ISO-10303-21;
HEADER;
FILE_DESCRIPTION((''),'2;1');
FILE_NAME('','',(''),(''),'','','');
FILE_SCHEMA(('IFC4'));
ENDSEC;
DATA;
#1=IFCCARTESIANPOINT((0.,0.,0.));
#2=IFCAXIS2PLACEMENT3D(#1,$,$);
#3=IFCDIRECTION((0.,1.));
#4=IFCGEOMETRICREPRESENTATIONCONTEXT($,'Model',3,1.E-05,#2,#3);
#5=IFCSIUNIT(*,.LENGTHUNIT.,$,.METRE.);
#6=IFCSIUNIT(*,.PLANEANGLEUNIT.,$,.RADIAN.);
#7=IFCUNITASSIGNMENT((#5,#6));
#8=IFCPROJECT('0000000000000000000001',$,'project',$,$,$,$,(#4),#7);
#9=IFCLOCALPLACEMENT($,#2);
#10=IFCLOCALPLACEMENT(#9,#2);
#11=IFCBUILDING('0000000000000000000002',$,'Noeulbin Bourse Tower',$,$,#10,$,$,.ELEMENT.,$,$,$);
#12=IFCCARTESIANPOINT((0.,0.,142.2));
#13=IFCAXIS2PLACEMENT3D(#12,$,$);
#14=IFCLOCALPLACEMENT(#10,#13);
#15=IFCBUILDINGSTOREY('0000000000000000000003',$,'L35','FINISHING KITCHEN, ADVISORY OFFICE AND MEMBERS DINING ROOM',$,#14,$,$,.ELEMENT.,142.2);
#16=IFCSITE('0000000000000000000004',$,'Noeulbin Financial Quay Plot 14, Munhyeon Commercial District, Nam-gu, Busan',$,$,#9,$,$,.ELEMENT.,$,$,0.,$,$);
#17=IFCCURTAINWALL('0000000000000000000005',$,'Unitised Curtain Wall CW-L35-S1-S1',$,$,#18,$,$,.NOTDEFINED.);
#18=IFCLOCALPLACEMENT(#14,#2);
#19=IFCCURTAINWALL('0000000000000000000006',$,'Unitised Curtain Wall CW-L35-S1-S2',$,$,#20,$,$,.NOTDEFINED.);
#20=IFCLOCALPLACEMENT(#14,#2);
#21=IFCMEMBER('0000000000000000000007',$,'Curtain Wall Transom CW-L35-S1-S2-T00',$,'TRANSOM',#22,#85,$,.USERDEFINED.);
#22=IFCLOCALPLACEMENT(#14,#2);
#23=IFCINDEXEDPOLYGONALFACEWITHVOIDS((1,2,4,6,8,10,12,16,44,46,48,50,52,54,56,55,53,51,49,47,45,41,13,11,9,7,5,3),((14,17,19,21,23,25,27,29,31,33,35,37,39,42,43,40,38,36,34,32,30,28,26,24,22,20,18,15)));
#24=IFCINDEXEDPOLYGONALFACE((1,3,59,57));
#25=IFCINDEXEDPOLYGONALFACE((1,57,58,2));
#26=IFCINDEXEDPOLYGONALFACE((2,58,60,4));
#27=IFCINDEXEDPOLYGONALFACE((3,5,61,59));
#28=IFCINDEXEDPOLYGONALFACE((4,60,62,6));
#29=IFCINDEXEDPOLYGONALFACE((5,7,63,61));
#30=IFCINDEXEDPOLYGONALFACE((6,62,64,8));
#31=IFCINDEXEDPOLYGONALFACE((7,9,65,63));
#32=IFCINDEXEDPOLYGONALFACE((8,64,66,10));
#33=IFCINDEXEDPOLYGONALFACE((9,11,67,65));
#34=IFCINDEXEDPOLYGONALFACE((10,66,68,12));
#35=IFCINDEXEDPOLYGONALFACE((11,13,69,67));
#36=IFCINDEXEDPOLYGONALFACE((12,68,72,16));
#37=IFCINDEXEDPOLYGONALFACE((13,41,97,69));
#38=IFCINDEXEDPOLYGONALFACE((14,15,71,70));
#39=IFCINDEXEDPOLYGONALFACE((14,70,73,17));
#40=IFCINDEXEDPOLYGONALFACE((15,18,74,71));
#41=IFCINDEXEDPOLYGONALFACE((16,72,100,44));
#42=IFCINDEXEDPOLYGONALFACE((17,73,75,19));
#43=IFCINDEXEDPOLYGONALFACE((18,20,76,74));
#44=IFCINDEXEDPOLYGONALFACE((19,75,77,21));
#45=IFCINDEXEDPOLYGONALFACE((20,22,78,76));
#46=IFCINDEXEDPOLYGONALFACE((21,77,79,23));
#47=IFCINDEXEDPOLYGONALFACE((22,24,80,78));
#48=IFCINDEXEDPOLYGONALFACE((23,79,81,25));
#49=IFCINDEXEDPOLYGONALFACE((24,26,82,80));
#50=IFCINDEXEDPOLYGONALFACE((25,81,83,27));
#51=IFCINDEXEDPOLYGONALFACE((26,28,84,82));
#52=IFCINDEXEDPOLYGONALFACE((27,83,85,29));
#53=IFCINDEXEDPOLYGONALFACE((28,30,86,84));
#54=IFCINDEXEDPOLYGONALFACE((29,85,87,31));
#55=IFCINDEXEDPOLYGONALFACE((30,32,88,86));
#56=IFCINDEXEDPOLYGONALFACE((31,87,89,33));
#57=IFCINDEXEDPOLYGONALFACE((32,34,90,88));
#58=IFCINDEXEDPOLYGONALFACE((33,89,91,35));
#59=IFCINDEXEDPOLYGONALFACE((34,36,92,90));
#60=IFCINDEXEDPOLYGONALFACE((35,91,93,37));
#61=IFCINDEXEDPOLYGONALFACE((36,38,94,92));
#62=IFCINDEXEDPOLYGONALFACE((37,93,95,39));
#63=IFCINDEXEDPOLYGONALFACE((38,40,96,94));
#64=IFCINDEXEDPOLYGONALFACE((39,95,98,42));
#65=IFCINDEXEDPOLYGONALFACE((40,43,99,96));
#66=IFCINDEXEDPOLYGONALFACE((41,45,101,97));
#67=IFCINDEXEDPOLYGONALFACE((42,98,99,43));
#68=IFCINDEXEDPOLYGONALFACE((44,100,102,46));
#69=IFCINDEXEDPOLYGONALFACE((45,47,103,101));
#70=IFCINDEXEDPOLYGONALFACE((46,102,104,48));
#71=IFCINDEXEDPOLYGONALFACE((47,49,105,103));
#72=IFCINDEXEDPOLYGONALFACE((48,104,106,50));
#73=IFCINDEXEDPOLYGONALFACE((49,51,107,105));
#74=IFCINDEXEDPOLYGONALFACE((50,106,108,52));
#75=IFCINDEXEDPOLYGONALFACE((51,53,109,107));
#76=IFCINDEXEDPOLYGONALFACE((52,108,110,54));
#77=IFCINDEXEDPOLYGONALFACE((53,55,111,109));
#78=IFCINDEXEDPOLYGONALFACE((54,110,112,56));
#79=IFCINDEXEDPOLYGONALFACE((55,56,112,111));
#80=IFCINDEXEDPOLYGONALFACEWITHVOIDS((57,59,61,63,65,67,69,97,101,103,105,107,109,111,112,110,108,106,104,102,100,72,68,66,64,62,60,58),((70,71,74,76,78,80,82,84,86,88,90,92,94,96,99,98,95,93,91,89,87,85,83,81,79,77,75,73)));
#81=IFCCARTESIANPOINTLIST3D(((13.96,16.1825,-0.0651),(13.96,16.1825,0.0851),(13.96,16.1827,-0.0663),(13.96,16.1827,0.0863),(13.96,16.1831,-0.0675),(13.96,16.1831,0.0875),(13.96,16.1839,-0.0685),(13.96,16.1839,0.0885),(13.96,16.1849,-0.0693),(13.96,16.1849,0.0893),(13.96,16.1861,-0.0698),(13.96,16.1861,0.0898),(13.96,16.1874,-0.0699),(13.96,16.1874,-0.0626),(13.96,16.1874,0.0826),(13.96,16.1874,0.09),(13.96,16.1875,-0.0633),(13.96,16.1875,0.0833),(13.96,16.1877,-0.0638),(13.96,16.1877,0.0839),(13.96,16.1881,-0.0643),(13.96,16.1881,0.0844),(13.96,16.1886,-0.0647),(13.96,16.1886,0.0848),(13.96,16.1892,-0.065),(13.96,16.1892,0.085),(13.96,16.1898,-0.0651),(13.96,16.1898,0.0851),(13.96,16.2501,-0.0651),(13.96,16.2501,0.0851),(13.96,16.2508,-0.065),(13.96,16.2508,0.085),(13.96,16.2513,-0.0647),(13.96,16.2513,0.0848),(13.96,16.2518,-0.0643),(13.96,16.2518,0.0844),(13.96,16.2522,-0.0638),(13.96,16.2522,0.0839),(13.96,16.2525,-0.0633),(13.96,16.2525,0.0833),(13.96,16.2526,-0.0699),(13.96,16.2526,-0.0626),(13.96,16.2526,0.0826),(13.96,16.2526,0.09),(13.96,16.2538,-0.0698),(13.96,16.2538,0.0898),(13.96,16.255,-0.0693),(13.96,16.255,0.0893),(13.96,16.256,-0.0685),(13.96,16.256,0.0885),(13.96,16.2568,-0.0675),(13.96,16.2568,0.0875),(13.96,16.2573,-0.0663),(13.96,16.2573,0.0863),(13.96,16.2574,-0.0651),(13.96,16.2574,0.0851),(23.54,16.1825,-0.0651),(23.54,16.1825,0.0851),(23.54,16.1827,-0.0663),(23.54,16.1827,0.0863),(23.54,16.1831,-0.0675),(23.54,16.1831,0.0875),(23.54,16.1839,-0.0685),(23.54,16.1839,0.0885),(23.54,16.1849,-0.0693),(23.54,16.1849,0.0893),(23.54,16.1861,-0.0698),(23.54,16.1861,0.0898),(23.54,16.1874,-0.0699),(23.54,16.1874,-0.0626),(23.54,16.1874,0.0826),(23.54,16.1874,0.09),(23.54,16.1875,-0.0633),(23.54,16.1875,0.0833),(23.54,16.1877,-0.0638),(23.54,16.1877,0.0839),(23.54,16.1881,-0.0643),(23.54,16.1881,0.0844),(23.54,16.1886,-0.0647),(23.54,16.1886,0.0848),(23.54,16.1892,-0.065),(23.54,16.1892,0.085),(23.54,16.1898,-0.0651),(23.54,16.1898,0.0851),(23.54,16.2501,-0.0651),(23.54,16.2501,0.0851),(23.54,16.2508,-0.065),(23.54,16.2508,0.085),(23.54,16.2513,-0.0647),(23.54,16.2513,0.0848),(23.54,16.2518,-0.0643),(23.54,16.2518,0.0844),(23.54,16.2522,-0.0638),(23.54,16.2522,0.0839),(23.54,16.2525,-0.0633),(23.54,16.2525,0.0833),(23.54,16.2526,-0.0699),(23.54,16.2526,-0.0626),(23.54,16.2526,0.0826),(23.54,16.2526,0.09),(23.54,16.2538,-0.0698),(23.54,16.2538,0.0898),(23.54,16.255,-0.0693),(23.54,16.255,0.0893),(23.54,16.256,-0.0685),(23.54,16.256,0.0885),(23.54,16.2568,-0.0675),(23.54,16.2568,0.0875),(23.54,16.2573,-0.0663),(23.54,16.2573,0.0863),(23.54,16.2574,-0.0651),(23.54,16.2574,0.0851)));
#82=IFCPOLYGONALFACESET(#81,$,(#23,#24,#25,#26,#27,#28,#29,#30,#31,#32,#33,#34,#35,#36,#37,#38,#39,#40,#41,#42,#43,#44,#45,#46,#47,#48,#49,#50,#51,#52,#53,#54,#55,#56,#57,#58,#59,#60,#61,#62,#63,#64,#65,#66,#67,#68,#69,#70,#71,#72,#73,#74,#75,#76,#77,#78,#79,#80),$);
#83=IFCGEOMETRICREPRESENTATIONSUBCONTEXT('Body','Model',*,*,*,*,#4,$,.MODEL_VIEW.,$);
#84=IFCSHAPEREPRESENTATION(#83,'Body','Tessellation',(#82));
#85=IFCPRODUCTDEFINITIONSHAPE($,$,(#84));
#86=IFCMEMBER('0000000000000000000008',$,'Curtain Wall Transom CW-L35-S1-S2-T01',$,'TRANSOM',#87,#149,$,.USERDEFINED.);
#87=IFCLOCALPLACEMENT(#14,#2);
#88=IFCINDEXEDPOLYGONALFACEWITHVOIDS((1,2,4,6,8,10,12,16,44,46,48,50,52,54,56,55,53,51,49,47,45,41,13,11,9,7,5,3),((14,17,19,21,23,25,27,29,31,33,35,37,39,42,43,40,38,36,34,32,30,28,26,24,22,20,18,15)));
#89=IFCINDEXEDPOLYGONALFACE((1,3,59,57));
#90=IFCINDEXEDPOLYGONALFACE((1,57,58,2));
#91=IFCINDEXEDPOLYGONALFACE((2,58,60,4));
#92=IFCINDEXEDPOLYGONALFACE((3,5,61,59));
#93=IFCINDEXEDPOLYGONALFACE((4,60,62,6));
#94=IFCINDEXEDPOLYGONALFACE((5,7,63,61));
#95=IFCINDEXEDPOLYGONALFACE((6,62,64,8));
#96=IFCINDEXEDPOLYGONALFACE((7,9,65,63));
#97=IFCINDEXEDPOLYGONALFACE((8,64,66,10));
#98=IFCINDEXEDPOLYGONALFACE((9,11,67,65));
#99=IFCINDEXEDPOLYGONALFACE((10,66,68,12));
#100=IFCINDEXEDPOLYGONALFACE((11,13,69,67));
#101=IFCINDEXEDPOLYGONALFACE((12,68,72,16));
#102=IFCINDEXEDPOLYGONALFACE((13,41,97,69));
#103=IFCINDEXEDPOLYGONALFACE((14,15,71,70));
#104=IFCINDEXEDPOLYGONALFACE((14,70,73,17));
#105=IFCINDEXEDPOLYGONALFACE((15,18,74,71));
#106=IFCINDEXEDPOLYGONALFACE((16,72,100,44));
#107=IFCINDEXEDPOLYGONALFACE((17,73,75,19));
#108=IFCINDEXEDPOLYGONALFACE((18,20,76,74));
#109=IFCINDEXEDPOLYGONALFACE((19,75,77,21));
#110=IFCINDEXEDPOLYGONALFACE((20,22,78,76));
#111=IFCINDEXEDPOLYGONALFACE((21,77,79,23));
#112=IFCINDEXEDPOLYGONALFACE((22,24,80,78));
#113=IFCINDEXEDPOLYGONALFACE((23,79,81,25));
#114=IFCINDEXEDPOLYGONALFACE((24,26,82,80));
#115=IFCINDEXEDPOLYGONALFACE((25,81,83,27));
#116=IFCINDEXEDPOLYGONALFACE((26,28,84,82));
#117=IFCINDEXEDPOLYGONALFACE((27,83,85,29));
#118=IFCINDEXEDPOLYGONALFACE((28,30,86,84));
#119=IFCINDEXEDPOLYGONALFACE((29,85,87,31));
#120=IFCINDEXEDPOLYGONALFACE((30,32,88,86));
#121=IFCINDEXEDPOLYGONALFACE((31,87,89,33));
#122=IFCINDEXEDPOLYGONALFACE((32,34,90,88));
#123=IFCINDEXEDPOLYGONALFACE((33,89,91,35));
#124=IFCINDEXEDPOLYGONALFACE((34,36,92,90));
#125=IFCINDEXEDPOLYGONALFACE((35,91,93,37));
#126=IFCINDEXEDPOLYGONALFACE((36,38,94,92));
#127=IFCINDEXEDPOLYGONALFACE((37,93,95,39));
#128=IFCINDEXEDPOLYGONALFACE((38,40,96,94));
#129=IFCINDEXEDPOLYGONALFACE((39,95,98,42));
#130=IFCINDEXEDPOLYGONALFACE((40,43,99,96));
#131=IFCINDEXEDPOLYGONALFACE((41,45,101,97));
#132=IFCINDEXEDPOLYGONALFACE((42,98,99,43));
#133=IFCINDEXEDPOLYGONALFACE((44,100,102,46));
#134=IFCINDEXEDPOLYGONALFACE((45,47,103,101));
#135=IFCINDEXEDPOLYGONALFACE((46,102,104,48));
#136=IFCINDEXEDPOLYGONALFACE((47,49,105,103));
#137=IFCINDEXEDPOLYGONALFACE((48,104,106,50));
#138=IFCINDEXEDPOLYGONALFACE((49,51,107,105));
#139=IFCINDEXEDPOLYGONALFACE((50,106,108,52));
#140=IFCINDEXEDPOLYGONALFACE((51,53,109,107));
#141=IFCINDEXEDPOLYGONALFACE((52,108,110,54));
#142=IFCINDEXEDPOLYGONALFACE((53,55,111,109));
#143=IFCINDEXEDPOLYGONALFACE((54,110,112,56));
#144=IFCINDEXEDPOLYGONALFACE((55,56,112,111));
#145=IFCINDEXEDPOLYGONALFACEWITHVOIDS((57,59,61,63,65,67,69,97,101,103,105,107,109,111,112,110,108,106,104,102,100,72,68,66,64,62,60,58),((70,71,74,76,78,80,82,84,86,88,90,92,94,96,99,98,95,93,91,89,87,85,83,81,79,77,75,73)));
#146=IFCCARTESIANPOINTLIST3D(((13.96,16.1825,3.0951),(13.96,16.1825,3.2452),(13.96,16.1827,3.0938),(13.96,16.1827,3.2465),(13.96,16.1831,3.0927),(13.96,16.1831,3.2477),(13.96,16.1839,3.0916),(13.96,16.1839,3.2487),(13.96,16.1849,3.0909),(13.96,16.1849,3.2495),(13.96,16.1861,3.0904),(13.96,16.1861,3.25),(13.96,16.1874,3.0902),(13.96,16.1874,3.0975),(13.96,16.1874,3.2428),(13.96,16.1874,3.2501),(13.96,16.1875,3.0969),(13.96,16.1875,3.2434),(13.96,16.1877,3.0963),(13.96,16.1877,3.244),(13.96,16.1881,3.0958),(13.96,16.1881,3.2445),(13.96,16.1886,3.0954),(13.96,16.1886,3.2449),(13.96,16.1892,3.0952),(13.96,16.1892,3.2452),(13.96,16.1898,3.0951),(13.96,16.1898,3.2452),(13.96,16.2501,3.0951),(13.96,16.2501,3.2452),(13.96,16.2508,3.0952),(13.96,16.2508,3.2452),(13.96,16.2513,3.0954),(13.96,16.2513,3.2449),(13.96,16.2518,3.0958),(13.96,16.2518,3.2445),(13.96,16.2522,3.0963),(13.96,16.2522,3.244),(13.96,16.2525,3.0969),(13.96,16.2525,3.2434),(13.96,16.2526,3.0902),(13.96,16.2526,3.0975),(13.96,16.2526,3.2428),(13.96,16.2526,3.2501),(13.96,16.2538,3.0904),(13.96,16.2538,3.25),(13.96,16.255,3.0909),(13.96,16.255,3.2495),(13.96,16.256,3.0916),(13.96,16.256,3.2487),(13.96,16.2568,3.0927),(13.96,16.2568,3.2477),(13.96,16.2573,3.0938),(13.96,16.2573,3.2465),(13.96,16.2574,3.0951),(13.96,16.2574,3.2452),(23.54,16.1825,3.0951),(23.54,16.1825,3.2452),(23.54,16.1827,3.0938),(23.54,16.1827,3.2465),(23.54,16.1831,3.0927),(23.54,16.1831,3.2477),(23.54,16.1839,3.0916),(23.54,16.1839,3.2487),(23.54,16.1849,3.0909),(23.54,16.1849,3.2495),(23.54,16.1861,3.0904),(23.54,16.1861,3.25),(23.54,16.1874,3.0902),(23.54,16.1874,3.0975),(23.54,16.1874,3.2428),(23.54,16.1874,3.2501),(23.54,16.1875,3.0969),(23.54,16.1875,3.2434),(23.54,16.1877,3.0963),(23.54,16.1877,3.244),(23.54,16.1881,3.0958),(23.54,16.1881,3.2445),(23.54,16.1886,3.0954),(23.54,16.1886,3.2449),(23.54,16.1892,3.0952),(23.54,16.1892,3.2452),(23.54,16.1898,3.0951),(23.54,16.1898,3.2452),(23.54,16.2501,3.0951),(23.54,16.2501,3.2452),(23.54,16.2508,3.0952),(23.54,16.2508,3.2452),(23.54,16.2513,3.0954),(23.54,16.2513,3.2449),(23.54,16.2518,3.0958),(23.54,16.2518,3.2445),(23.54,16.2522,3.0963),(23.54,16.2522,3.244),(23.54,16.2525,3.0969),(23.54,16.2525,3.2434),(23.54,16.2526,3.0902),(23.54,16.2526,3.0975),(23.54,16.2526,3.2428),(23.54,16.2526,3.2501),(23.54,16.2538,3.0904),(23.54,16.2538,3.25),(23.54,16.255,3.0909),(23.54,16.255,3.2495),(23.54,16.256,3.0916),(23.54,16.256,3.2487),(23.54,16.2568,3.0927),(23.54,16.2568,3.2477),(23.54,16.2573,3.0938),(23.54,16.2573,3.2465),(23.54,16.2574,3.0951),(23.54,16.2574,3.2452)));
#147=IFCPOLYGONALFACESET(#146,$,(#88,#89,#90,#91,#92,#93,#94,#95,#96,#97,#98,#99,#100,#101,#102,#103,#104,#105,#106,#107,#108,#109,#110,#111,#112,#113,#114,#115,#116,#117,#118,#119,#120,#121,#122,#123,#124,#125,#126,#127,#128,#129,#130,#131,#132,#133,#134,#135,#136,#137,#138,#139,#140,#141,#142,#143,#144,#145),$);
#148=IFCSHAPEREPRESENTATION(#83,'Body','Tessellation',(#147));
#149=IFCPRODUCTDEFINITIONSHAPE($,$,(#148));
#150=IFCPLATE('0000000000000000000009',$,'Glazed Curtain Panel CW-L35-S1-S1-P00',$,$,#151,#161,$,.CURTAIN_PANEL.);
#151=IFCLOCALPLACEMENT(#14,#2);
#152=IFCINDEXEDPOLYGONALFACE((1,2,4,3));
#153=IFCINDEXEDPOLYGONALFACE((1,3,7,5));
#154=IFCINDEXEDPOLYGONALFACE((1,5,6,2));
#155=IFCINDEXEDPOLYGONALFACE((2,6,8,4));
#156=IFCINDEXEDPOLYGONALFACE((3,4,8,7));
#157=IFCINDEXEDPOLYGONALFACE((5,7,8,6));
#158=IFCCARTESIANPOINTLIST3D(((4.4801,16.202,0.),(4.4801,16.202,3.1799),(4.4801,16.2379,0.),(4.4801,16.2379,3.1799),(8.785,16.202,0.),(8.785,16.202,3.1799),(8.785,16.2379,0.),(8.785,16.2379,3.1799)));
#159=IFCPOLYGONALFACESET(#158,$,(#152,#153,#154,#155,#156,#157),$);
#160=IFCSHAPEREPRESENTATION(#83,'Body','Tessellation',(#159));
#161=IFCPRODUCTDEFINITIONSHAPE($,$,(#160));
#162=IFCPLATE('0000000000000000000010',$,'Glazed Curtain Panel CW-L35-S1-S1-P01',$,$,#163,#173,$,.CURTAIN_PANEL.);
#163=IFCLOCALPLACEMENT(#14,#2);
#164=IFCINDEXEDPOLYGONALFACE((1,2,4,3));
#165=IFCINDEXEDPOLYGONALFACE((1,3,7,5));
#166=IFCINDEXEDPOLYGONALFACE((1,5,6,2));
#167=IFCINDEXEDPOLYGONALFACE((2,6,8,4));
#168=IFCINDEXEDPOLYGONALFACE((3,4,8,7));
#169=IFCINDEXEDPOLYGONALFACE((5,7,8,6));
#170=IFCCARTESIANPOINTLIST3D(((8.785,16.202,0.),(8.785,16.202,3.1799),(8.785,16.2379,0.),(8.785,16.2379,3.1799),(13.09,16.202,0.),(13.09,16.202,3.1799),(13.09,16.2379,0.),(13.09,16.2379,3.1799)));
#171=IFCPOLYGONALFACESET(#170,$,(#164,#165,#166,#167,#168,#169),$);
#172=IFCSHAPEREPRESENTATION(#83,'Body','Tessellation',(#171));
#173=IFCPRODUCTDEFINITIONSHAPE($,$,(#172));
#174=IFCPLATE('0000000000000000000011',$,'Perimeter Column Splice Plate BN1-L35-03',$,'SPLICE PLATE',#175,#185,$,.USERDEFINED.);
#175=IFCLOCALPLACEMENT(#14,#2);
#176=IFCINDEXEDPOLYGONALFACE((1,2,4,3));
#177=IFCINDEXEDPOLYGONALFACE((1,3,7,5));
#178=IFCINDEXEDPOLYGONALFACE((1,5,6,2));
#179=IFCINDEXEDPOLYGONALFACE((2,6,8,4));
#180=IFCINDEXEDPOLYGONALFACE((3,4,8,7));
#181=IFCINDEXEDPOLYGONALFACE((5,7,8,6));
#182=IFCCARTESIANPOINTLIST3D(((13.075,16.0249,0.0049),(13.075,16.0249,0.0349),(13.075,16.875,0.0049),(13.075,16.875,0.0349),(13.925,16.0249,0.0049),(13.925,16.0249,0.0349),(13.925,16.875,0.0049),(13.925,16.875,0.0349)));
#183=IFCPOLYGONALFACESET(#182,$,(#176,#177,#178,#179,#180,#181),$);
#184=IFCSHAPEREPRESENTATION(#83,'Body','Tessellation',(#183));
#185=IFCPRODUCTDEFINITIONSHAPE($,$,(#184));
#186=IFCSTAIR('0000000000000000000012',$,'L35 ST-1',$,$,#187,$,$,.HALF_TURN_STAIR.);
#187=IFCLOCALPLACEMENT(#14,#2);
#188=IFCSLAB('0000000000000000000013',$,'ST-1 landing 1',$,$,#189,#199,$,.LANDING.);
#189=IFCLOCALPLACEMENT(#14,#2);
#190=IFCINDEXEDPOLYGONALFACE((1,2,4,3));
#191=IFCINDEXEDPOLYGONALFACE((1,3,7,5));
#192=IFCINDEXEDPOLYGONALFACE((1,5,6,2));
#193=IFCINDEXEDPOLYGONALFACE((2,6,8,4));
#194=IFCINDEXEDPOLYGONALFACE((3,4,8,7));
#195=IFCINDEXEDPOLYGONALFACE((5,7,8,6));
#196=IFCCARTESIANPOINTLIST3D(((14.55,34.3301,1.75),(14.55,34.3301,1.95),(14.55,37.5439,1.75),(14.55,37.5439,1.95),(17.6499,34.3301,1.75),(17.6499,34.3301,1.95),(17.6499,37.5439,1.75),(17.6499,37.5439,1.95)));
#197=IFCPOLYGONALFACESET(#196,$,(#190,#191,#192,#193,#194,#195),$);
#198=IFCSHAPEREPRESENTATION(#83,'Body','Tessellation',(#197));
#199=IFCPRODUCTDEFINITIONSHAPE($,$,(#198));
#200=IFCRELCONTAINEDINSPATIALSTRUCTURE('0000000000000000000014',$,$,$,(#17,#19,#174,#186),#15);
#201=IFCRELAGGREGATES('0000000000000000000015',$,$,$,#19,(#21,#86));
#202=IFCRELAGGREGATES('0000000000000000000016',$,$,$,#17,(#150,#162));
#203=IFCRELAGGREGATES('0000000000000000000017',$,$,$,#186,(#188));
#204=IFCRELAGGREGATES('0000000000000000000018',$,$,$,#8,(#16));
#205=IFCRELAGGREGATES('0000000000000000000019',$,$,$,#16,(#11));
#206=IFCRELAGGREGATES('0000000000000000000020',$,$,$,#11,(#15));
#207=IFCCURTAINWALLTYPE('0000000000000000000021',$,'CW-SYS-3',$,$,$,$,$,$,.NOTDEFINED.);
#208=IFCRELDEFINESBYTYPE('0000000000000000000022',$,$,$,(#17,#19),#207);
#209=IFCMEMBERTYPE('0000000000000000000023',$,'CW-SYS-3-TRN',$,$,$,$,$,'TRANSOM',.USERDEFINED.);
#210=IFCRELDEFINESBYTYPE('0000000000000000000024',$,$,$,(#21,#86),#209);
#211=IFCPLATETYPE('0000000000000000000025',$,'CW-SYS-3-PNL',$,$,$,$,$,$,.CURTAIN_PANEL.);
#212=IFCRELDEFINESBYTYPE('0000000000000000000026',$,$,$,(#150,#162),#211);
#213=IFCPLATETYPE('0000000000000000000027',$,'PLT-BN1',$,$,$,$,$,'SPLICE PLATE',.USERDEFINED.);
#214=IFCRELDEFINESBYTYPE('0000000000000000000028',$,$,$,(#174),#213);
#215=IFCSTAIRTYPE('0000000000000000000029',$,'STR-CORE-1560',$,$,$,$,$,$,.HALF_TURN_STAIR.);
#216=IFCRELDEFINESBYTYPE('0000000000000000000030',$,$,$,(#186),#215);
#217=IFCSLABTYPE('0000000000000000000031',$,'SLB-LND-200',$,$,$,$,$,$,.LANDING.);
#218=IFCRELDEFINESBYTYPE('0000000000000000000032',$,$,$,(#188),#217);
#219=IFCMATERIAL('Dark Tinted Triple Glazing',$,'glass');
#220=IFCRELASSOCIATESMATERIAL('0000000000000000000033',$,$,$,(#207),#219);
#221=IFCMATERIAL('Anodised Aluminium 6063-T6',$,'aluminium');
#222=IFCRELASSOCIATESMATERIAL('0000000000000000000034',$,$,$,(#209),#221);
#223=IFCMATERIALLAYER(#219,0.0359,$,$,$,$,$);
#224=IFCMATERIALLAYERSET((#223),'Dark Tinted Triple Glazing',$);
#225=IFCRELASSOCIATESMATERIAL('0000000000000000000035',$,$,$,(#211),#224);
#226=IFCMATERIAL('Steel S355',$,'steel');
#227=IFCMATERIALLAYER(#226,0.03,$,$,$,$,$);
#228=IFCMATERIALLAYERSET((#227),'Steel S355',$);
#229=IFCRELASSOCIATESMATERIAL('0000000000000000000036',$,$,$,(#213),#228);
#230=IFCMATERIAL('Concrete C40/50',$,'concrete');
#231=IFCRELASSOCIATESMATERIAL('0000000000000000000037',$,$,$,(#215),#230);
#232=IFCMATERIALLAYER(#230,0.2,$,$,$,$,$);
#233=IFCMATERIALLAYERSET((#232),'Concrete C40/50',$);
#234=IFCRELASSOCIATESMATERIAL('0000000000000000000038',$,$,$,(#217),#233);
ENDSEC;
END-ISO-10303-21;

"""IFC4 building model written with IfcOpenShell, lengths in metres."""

from ifc_helpers import new_model, si_unit, direction, frame, origin, origin_2d, place, context, subcontext, project, spatial, polyline, rectangle, hollow_rectangle, outline, extrude, material, layer, layer_set, material_profile, profile_set, type_object, element, aggregate, save


model = new_model("IFC4")

# Units and contexts
model_context = context("Model", 3, precision=1e-05, world=origin(), true_north=direction((0.0, 1.0)))
body_context = subcontext(model_context, "Body", "Model", "MODEL_VIEW")
ifc_project = project(units=[si_unit("LENGTHUNIT", "METRE"), si_unit("PLANEANGLEUNIT", "RADIAN")], contexts=[model_context])

# Site, building, storey
site_placement = place(None, origin())
site = spatial("IfcSite", under=ifc_project, at=site_placement, Name="Noeulbin Financial Quay Plot 14, Munhyeon Commercial District, Nam-gu, Busan", CompositionType="ELEMENT", RefElevation=0.0)
building_placement = place(site_placement, origin())
building = spatial("IfcBuilding", under=site, at=building_placement, Name="Noeulbin Bourse Tower", CompositionType="ELEMENT")
storey_placement = place(building_placement, frame((0.0, 0.0, 142.2)))
storey = spatial("IfcBuildingStorey", under=building, at=storey_placement, Name="L35", Description="FINISHING KITCHEN, ADVISORY OFFICE AND MEMBERS DINING ROOM", CompositionType="ELEMENT", Elevation=142.2)

# Shared definitions
ifc_material_1 = material(Name="Steel S355", Category="steel")

# Curtain wall
ifc_material_2 = material(Name="Dark Tinted Triple Glazing", Category="glass")
curtain_wall_type = type_object("IfcCurtainWallType", Name="CW-SYS-3", PredefinedType="NOTDEFINED", material=ifc_material_2)
curtain_wall_1_placement = place(storey_placement, origin())
curtain_wall_1 = element("IfcCurtainWall", 1, at=curtain_wall_1_placement, inside=storey, type_object=curtain_wall_type, Name="Unitised Curtain Wall CW-L35-S1-S1", PredefinedType="NOTDEFINED")
ifc_material_3 = material(Name="Anodised Aluminium 6063-T6", Category="aluminium")

# Curtain wall
curtain_wall_2_placement = place(storey_placement, origin())
curtain_wall_2 = element("IfcCurtainWall", 2, at=curtain_wall_2_placement, inside=storey, type_object=curtain_wall_type, Name="Unitised Curtain Wall CW-L35-S1-S2", PredefinedType="NOTDEFINED")

# Members
ifc_material_profile_1 = material_profile(ifc_material_3, hollow_rectangle(XDim=0.075, YDim=0.1599, WallThickness=0.0049, InnerFilletRadius=0.0024, OuterFilletRadius=0.0049, at=origin_2d()), Name="ALU-TRAN-75x160x5", Category="LoadBearing")
ifc_profile_set_1 = profile_set([ifc_material_profile_1], Name="Anodised Aluminium 6063-T6")
member_type_1 = type_object("IfcMemberType", Name="CW-SYS-3-TRN", ElementType="TRANSOM", PredefinedType="USERDEFINED", material=ifc_profile_set_1)
member_1_placement = place(storey_placement, frame((13.96, 16.22, 0.01), z_axis=(1.0, 0.0, 0.0), x_axis=(0.0, 1.0, 0.0)))
member_1 = element("IfcMember", 3, at=member_1_placement, type_object=member_type_1, Name="Curtain Wall Transom CW-L35-S1-S2-T00", ObjectType="TRANSOM", PredefinedType="USERDEFINED", context=body_context, shape_type="SweptSolid", body=[
    extrude(hollow_rectangle(XDim=0.075, YDim=0.1599, WallThickness=0.0049, InnerFilletRadius=0.0024, OuterFilletRadius=0.0049, at=origin_2d()), origin(), (0.0, 0.0, 1.0), 9.5801),
])
member_2_placement = place(storey_placement, frame((13.96, 16.22, 3.1702), z_axis=(1.0, 0.0, 0.0), x_axis=(0.0, 1.0, 0.0)))
member_2 = element("IfcMember", 4, at=member_2_placement, type_object=member_type_1, Name="Curtain Wall Transom CW-L35-S1-S2-T01", ObjectType="TRANSOM", PredefinedType="USERDEFINED", context=body_context, shape_type="SweptSolid", body=[
    extrude(hollow_rectangle(XDim=0.075, YDim=0.1599, WallThickness=0.0049, InnerFilletRadius=0.0024, OuterFilletRadius=0.0049, at=origin_2d()), origin(), (0.0, 0.0, 1.0), 9.5801),
])
aggregate(curtain_wall_2, [member_1, member_2])

# Plates
ifc_layer_1 = layer(ifc_material_2, 0.0359)
ifc_layer_set_1 = layer_set([ifc_layer_1], Name="Dark Tinted Triple Glazing")
plate_type_1 = type_object("IfcPlateType", Name="CW-SYS-3-PNL", PredefinedType="CURTAIN_PANEL", material=ifc_layer_set_1)
plate_1_placement = place(storey_placement, frame((6.6326, 16.22, 0.0), z_axis=(0.0, 0.0, 1.0), x_axis=(1.0, 0.0, 0.0)))
plate_1 = element("IfcPlate", 5, at=plate_1_placement, type_object=plate_type_1, Name="Glazed Curtain Panel CW-L35-S1-S1-P00", PredefinedType="CURTAIN_PANEL", context=body_context, shape_type="SweptSolid", body=[
    extrude(rectangle(XDim=4.3049, YDim=0.0359, at=origin_2d()), origin(), (0.0, 0.0, 1.0), 3.1799),
])
plate_2_placement = place(storey_placement, frame((10.9375, 16.22, 0.0), z_axis=(0.0, 0.0, 1.0), x_axis=(1.0, 0.0, 0.0)))
plate_2 = element("IfcPlate", 6, at=plate_2_placement, type_object=plate_type_1, Name="Glazed Curtain Panel CW-L35-S1-S1-P01", PredefinedType="CURTAIN_PANEL", context=body_context, shape_type="SweptSolid", body=[
    extrude(rectangle(XDim=4.3049, YDim=0.0359, at=origin_2d()), origin(), (0.0, 0.0, 1.0), 3.1799),
])
aggregate(curtain_wall_1, [plate_1, plate_2])
ifc_layer_2 = layer(ifc_material_1, 0.03)
ifc_layer_set_2 = layer_set([ifc_layer_2], Name="Steel S355")
plate_type_2 = type_object("IfcPlateType", Name="PLT-BN1", ElementType="SPLICE PLATE", PredefinedType="USERDEFINED", material=ifc_layer_set_2)
plate_3_placement = place(storey_placement, frame((13.5, 16.45, 0.0049), z_axis=(0.0, 0.0, 1.0), x_axis=(1.0, 0.0, 0.0)))
element("IfcPlate", 7, at=plate_3_placement, inside=storey, type_object=plate_type_2, Name="Perimeter Column Splice Plate BN1-L35-03", ObjectType="SPLICE PLATE", PredefinedType="USERDEFINED", context=body_context, shape_type="SweptSolid", body=[
    extrude(rectangle(XDim=0.8501, YDim=0.8501, at=origin_2d()), origin(), (0.0, 0.0, 1.0), 0.03),
])

# Stair, slab
ifc_material_4 = material(Name="Concrete C40/50", Category="concrete")
stair_type = type_object("IfcStairType", Name="STR-CORE-1560", PredefinedType="HALF_TURN_STAIR", material=ifc_material_4)
stair_1_placement = place(storey_placement, origin())
stair_1 = element("IfcStair", 8, at=stair_1_placement, inside=storey, type_object=stair_type, Name="L35 ST-1", PredefinedType="HALF_TURN_STAIR")
ifc_layer_3 = layer(ifc_material_4, 0.2)
ifc_layer_set_3 = layer_set([ifc_layer_3], Name="Concrete C40/50")
slab_type_1 = type_object("IfcSlabType", Name="SLB-LND-200", PredefinedType="LANDING", material=ifc_layer_set_3)
slab_1_placement = place(storey_placement, frame((0.0, 0.0, 1.75)))
slab_1 = element("IfcSlab", 9, at=slab_1_placement, type_object=slab_type_1, Name="ST-1 landing 1", PredefinedType="LANDING", context=body_context, shape_type="SweptSolid", body=[
    extrude(outline(polyline([(17.6499, 34.3301), (17.6499, 37.5439), (14.55, 37.5439), (14.55, 34.3301), (17.6499, 34.3301)])), origin(), (0.0, 0.0, 1.0), 0.2),
])
aggregate(stair_1, [slab_1])

save(model, "model.ifc")
